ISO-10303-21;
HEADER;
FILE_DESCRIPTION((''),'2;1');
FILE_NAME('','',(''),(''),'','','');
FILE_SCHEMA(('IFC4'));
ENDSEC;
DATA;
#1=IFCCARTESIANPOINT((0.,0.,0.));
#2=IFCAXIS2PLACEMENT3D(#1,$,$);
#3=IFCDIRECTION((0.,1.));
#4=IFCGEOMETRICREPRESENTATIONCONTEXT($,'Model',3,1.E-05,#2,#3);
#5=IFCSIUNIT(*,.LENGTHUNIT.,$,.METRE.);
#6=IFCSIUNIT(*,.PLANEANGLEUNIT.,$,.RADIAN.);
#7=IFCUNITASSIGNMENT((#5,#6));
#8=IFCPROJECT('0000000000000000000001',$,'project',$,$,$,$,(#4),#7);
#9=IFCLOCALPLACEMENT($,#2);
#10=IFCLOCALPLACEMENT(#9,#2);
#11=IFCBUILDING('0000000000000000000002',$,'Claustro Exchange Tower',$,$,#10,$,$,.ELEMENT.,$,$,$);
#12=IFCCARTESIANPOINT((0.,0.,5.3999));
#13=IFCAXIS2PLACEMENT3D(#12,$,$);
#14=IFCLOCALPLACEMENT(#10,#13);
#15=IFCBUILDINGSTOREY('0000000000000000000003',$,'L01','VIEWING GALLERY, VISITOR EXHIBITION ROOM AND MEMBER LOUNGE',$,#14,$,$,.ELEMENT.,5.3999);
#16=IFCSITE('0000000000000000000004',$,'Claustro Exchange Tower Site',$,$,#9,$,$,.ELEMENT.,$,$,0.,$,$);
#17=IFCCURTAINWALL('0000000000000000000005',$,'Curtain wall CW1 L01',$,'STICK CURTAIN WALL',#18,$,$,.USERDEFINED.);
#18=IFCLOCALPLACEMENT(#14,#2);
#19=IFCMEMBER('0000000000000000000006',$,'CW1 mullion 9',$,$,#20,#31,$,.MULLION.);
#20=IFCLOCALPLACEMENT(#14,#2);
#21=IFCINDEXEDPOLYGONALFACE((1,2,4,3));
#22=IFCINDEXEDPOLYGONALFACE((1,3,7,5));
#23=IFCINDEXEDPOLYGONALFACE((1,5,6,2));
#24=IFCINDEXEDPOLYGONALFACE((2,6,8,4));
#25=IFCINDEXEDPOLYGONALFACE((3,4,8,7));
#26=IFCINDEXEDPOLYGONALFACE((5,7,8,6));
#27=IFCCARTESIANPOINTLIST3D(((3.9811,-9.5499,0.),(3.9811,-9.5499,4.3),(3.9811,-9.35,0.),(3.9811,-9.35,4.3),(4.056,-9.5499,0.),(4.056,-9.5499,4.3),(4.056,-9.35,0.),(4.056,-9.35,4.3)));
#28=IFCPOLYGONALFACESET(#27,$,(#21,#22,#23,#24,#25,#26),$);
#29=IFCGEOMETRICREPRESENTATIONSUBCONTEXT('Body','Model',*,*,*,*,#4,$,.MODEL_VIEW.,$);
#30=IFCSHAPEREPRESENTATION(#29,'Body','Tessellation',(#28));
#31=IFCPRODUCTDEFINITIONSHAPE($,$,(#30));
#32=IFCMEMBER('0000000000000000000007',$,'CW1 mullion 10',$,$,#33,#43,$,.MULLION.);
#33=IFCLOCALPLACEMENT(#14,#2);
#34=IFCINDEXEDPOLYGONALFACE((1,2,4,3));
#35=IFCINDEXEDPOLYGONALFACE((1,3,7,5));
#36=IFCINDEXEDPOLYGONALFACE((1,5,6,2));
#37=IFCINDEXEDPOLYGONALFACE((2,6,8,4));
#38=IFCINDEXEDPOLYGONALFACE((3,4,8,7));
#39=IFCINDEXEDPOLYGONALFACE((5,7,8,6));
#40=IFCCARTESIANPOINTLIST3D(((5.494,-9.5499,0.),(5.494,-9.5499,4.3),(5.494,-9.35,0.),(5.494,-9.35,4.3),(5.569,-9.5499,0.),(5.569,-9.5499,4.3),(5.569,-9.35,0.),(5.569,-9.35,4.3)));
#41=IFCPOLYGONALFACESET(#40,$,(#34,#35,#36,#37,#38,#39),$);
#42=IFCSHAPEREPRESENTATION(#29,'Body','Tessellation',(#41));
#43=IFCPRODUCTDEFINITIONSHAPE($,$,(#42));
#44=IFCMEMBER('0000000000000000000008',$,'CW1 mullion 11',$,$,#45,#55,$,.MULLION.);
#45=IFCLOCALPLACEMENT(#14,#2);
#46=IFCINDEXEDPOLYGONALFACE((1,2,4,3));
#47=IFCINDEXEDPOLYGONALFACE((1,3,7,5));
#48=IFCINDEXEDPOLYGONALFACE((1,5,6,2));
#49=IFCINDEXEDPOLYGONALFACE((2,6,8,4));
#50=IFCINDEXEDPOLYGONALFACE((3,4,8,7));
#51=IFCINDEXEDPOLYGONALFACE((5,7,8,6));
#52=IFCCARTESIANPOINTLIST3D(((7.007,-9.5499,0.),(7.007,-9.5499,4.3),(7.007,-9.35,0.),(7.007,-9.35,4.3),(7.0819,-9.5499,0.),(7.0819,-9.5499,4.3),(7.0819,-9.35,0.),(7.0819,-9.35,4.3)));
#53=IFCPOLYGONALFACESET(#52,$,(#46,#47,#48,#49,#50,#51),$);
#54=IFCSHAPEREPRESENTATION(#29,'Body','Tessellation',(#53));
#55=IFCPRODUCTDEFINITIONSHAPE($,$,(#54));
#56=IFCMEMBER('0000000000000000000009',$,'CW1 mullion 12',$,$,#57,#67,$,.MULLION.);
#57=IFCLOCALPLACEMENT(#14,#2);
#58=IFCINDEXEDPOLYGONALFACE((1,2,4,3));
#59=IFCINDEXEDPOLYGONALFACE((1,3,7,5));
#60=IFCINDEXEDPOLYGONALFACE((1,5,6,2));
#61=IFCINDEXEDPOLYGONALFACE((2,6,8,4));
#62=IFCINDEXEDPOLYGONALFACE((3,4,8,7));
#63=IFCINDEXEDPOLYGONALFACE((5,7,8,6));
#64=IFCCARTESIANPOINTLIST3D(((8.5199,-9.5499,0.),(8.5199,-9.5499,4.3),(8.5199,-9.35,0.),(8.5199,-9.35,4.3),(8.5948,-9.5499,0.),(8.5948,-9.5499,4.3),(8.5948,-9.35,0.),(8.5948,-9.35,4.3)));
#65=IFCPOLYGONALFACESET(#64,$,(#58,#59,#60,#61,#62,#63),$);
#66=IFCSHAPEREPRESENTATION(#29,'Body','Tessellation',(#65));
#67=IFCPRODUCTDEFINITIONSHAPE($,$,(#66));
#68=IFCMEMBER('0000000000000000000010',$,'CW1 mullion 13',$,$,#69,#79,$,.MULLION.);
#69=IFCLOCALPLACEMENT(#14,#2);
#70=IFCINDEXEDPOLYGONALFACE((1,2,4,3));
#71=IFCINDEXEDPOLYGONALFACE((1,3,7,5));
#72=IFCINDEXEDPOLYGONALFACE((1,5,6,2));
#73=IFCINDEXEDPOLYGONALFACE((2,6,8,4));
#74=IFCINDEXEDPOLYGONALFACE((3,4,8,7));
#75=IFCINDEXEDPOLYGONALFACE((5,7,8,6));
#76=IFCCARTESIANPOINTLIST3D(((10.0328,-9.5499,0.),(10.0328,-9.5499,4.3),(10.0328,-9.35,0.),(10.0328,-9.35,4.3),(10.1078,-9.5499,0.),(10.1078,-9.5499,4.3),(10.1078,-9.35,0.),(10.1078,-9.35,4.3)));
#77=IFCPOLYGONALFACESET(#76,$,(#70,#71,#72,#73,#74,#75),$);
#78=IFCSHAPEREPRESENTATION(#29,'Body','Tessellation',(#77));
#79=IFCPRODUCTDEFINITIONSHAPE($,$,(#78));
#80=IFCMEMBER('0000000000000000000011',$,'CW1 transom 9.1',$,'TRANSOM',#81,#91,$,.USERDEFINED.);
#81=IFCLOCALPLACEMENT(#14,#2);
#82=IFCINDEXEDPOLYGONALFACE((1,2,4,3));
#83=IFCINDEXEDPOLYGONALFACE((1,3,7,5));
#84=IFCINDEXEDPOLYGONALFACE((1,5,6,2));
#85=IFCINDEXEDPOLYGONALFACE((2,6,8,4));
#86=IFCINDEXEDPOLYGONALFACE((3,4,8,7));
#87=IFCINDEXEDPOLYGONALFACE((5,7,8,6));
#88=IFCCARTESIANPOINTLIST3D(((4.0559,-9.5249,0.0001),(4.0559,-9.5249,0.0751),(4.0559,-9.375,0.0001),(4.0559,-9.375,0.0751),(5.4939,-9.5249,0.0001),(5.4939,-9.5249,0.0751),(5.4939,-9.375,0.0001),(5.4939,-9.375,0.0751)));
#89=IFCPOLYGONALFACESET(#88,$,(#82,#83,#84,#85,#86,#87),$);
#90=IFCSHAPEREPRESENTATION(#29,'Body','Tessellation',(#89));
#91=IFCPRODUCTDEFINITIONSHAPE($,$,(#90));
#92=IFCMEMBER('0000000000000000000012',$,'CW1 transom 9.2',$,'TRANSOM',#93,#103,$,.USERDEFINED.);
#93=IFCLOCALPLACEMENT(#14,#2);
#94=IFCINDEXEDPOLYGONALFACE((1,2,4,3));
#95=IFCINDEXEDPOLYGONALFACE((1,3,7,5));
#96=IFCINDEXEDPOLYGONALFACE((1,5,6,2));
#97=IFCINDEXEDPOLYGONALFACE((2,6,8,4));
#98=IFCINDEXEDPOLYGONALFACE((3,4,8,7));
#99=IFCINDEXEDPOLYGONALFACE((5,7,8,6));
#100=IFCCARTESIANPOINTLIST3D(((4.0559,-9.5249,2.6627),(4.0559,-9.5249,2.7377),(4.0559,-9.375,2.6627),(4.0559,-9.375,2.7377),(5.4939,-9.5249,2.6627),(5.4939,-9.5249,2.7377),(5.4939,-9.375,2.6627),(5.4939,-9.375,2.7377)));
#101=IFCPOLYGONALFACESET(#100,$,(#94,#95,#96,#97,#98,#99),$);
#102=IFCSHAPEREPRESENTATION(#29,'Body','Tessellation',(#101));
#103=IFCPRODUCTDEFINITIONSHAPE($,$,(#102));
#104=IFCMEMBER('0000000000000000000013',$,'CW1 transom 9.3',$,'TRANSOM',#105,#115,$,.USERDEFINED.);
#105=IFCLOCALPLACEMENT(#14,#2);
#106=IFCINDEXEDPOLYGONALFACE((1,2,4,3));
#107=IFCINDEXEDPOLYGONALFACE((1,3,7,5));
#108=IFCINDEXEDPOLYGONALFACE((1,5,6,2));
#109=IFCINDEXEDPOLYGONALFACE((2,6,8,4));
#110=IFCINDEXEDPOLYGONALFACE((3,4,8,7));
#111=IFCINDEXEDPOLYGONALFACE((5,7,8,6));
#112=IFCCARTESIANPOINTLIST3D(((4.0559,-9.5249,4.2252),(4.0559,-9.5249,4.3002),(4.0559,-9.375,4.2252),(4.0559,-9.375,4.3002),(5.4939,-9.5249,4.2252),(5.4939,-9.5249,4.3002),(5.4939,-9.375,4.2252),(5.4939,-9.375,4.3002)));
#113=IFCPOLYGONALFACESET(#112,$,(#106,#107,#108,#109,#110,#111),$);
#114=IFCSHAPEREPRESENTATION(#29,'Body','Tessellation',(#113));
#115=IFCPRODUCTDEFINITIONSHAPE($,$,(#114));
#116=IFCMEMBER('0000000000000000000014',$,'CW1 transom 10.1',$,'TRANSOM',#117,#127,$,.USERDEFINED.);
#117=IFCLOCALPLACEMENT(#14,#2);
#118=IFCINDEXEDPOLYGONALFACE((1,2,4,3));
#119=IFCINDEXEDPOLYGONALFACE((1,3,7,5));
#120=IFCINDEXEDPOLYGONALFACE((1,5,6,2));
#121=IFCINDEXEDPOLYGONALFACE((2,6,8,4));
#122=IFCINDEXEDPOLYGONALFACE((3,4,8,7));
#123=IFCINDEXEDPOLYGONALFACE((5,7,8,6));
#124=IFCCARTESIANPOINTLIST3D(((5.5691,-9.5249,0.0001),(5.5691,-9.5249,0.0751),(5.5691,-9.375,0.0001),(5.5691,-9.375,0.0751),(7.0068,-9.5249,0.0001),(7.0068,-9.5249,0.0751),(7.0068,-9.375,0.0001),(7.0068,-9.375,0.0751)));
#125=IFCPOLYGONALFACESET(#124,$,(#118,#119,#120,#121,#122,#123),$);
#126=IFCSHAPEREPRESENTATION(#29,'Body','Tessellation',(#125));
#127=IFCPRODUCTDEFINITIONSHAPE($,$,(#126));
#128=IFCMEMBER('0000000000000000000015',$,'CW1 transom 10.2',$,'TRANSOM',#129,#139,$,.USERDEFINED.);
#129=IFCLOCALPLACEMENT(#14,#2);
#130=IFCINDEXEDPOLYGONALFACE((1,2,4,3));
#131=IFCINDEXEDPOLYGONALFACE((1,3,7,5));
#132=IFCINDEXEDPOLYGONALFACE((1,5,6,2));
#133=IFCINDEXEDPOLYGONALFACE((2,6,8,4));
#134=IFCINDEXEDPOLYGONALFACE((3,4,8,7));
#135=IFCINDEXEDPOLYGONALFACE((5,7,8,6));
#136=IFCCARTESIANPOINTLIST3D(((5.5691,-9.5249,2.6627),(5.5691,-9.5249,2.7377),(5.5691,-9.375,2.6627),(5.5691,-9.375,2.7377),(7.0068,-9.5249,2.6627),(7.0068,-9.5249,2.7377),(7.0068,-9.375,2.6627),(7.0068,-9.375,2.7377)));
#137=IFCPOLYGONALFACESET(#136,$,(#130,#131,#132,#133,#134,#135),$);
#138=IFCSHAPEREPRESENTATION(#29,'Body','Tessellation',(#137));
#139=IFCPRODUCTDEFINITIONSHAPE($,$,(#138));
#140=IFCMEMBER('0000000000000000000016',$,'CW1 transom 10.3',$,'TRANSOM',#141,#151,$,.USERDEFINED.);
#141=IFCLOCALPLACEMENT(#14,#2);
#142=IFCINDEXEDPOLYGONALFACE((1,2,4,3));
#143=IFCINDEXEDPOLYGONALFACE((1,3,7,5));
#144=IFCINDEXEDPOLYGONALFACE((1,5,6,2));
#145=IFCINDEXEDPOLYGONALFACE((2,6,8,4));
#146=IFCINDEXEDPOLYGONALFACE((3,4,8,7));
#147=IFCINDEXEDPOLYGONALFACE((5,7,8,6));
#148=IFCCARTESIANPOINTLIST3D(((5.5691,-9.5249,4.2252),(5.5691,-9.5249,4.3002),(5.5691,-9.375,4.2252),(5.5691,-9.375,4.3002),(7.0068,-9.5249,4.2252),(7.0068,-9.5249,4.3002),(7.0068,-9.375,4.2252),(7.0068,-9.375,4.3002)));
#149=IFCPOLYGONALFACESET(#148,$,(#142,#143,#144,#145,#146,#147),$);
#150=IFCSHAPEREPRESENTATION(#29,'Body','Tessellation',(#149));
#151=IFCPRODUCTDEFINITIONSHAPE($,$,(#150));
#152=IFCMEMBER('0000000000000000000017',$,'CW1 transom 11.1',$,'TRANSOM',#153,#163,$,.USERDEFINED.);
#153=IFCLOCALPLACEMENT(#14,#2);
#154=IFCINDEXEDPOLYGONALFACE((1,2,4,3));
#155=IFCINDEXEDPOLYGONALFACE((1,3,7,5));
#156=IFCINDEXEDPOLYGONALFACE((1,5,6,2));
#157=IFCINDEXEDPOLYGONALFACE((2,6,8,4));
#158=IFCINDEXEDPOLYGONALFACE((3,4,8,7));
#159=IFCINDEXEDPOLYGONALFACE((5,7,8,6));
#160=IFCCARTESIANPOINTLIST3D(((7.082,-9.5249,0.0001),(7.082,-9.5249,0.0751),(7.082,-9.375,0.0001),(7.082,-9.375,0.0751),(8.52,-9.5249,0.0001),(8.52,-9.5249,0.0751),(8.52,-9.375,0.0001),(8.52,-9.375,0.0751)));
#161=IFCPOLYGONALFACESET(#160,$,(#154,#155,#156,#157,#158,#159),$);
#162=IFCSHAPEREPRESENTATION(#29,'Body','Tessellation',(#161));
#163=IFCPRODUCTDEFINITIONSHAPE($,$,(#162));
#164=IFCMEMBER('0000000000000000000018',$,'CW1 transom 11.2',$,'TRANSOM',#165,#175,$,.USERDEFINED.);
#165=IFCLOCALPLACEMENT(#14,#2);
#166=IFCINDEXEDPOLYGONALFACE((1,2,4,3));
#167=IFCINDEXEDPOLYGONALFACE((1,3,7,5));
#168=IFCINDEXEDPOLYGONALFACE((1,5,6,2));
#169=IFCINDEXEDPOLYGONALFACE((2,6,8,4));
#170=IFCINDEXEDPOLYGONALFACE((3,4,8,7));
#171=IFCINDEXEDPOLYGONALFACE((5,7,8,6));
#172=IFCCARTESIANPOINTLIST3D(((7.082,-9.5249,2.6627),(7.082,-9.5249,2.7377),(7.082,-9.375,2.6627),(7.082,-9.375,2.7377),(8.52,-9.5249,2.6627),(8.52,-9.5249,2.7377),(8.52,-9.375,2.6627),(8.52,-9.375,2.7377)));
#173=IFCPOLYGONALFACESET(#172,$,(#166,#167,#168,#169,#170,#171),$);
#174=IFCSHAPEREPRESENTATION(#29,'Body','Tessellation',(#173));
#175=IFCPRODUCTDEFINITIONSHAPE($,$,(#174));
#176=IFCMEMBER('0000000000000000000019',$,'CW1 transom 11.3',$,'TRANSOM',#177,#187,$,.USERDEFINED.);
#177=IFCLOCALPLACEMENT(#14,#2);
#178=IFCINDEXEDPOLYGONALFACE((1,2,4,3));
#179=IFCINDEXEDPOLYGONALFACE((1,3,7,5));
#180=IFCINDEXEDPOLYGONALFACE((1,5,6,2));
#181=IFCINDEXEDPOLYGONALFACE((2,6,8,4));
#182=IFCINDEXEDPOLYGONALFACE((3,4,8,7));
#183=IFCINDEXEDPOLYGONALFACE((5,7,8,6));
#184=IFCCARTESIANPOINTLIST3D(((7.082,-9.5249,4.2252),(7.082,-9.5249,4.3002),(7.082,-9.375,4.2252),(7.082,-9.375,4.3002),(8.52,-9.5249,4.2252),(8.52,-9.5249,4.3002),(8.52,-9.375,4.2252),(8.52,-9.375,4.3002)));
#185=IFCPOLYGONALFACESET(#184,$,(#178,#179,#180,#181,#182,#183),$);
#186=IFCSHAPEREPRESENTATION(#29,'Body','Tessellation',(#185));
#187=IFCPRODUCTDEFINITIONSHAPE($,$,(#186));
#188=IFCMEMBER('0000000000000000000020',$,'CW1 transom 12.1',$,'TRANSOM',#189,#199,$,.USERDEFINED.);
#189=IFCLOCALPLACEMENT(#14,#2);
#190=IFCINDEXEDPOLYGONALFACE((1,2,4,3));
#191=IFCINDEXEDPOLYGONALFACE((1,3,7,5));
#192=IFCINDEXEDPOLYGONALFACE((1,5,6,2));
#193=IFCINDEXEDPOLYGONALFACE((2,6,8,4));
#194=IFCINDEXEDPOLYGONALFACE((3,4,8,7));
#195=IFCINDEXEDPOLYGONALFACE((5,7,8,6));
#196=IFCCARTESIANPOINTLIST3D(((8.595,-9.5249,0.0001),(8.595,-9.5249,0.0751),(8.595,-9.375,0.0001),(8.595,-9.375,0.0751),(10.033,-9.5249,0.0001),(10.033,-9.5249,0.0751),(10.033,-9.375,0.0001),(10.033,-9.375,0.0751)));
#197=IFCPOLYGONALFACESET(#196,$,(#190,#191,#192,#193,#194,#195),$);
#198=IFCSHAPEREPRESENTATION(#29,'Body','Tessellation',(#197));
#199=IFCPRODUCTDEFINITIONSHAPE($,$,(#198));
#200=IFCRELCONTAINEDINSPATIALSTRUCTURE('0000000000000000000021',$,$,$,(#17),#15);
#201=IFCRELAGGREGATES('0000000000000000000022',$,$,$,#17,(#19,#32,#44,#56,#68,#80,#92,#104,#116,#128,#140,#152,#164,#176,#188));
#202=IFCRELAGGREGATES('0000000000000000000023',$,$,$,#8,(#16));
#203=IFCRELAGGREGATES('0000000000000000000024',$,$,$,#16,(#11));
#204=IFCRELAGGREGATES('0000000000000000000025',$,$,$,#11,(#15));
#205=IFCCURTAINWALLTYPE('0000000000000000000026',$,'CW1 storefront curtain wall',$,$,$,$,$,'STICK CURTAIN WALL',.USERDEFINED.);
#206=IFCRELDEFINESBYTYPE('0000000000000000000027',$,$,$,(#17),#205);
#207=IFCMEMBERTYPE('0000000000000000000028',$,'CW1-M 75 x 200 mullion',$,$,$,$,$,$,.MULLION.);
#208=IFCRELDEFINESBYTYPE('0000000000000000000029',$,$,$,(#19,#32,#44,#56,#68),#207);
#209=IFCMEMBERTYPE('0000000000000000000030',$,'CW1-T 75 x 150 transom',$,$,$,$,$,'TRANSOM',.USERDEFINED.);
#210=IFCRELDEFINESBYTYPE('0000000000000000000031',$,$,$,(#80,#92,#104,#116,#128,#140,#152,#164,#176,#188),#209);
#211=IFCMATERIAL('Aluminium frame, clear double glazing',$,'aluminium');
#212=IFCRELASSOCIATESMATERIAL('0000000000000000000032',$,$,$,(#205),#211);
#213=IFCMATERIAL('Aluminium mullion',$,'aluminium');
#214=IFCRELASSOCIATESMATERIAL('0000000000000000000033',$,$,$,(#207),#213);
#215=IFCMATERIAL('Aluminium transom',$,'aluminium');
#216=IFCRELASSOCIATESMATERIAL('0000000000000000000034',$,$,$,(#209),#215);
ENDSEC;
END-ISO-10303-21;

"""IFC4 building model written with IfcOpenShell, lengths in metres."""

from ifc_helpers import new_model, si_unit, direction, frame, origin, origin_2d, place, context, subcontext, project, spatial, rectangle, extrude, material, material_profile, profile_set, type_object, element, aggregate, save


model = new_model("IFC4")

# Units and contexts
model_context = context("Model", 3, precision=1e-05, world=origin(), true_north=direction((0.0, 1.0)))
body_context = subcontext(model_context, "Body", "Model", "MODEL_VIEW")
ifc_project = project(units=[si_unit("LENGTHUNIT", "METRE"), si_unit("PLANEANGLEUNIT", "RADIAN")], contexts=[model_context])

# Site, building, storey
site_placement = place(None, origin())
site = spatial("IfcSite", under=ifc_project, at=site_placement, Name="Claustro Exchange Tower Site", CompositionType="ELEMENT", RefElevation=0.0)
building_placement = place(site_placement, origin())
building = spatial("IfcBuilding", under=site, at=building_placement, Name="Claustro Exchange Tower", CompositionType="ELEMENT")
storey_placement = place(building_placement, frame((0.0, 0.0, 5.3999)))
storey = spatial("IfcBuildingStorey", under=building, at=storey_placement, Name="L01", Description="VIEWING GALLERY, VISITOR EXHIBITION ROOM AND MEMBER LOUNGE", CompositionType="ELEMENT", Elevation=5.3999)

# Curtain wall, members
ifc_material_1 = material(Name="Aluminium frame, clear double glazing", Category="aluminium")
curtain_wall_type = type_object("IfcCurtainWallType", Name="CW1 storefront curtain wall", ElementType="STICK CURTAIN WALL", PredefinedType="USERDEFINED", material=ifc_material_1)
curtain_wall_placement = place(storey_placement, origin())
curtain_wall = element("IfcCurtainWall", 1, at=curtain_wall_placement, inside=storey, type_object=curtain_wall_type, Name="Curtain wall CW1 L01", ObjectType="STICK CURTAIN WALL", PredefinedType="USERDEFINED")
ifc_material_2 = material(Name="Aluminium mullion", Category="aluminium")
ifc_material_profile_1 = material_profile(ifc_material_2, rectangle(XDim=0.2, YDim=0.075, at=origin_2d()), Name="CW1-M 75x200")
ifc_profile_set_1 = profile_set([ifc_material_profile_1], Name="Aluminium mullion")
member_type_1 = type_object("IfcMemberType", Name="CW1-M 75 x 200 mullion", PredefinedType="MULLION", material=ifc_profile_set_1)
member_1_placement = place(storey_placement, frame((4.0186, -9.45, 0.0), z_axis=(0.0, 0.0, 1.0), x_axis=(0.0, 1.0, 0.0)))
member_1 = element("IfcMember", 2, at=member_1_placement, type_object=member_type_1, Name="CW1 mullion 9", PredefinedType="MULLION", context=body_context, shape_type="SweptSolid", body=[
    extrude(rectangle(XDim=0.2, YDim=0.075, at=origin_2d()), origin(), (0.0, 0.0, 1.0), 4.3),
])
member_2_placement = place(storey_placement, frame((5.5315, -9.45, 0.0), z_axis=(0.0, 0.0, 1.0), x_axis=(0.0, 1.0, 0.0)))
member_2 = element("IfcMember", 3, at=member_2_placement, type_object=member_type_1, Name="CW1 mullion 10", PredefinedType="MULLION", context=body_context, shape_type="SweptSolid", body=[
    extrude(rectangle(XDim=0.2, YDim=0.075, at=origin_2d()), origin(), (0.0, 0.0, 1.0), 4.3),
])
member_3_placement = place(storey_placement, frame((7.0444, -9.45, 0.0), z_axis=(0.0, 0.0, 1.0), x_axis=(0.0, 1.0, 0.0)))
member_3 = element("IfcMember", 4, at=member_3_placement, type_object=member_type_1, Name="CW1 mullion 11", PredefinedType="MULLION", context=body_context, shape_type="SweptSolid", body=[
    extrude(rectangle(XDim=0.2, YDim=0.075, at=origin_2d()), origin(), (0.0, 0.0, 1.0), 4.3),
])
member_4_placement = place(storey_placement, frame((8.5574, -9.45, 0.0), z_axis=(0.0, 0.0, 1.0), x_axis=(0.0, 1.0, 0.0)))
member_4 = element("IfcMember", 5, at=member_4_placement, type_object=member_type_1, Name="CW1 mullion 12", PredefinedType="MULLION", context=body_context, shape_type="SweptSolid", body=[
    extrude(rectangle(XDim=0.2, YDim=0.075, at=origin_2d()), origin(), (0.0, 0.0, 1.0), 4.3),
])
member_5_placement = place(storey_placement, frame((10.0703, -9.45, 0.0), z_axis=(0.0, 0.0, 1.0), x_axis=(0.0, 1.0, 0.0)))
member_5 = element("IfcMember", 6, at=member_5_placement, type_object=member_type_1, Name="CW1 mullion 13", PredefinedType="MULLION", context=body_context, shape_type="SweptSolid", body=[
    extrude(rectangle(XDim=0.2, YDim=0.075, at=origin_2d()), origin(), (0.0, 0.0, 1.0), 4.3),
])
ifc_material_3 = material(Name="Aluminium transom", Category="aluminium")
ifc_material_profile_2 = material_profile(ifc_material_3, rectangle(XDim=0.1499, YDim=0.075, at=origin_2d()), Name="CW1-T 75x150")
ifc_profile_set_2 = profile_set([ifc_material_profile_2], Name="Aluminium transom")
member_type_2 = type_object("IfcMemberType", Name="CW1-T 75 x 150 transom", ElementType="TRANSOM", PredefinedType="USERDEFINED", material=ifc_profile_set_2)
member_6_placement = place(storey_placement, frame((4.0559, -9.45, 0.0376), z_axis=(1.0, 0.0, 0.0), x_axis=(0.0, 1.0, 0.0)))
member_6 = element("IfcMember", 7, at=member_6_placement, type_object=member_type_2, Name="CW1 transom 9.1", ObjectType="TRANSOM", PredefinedType="USERDEFINED", context=body_context, shape_type="SweptSolid", body=[
    extrude(rectangle(XDim=0.1499, YDim=0.075, at=origin_2d()), origin(), (0.0, 0.0, 1.0), 1.438),
])
member_7_placement = place(storey_placement, frame((4.0559, -9.45, 2.7002), z_axis=(1.0, 0.0, 0.0), x_axis=(0.0, 1.0, 0.0)))
member_7 = element("IfcMember", 8, at=member_7_placement, type_object=member_type_2, Name="CW1 transom 9.2", ObjectType="TRANSOM", PredefinedType="USERDEFINED", context=body_context, shape_type="SweptSolid", body=[
    extrude(rectangle(XDim=0.1499, YDim=0.075, at=origin_2d()), origin(), (0.0, 0.0, 1.0), 1.438),
])
member_8_placement = place(storey_placement, frame((4.0559, -9.45, 4.2627), z_axis=(1.0, 0.0, 0.0), x_axis=(0.0, 1.0, 0.0)))
member_8 = element("IfcMember", 9, at=member_8_placement, type_object=member_type_2, Name="CW1 transom 9.3", ObjectType="TRANSOM", PredefinedType="USERDEFINED", context=body_context, shape_type="SweptSolid", body=[
    extrude(rectangle(XDim=0.1499, YDim=0.075, at=origin_2d()), origin(), (0.0, 0.0, 1.0), 1.438),
])
member_9_placement = place(storey_placement, frame((5.5691, -9.45, 0.0376), z_axis=(1.0, 0.0, 0.0), x_axis=(0.0, 1.0, 0.0)))
member_9 = element("IfcMember", 10, at=member_9_placement, type_object=member_type_2, Name="CW1 transom 10.1", ObjectType="TRANSOM", PredefinedType="USERDEFINED", context=body_context, shape_type="SweptSolid", body=[
    extrude(rectangle(XDim=0.1499, YDim=0.075, at=origin_2d()), origin(), (0.0, 0.0, 1.0), 1.4377),
])
member_10_placement = place(storey_placement, frame((5.5691, -9.45, 2.7002), z_axis=(1.0, 0.0, 0.0), x_axis=(0.0, 1.0, 0.0)))
member_10 = element("IfcMember", 11, at=member_10_placement, type_object=member_type_2, Name="CW1 transom 10.2", ObjectType="TRANSOM", PredefinedType="USERDEFINED", context=body_context, shape_type="SweptSolid", body=[
    extrude(rectangle(XDim=0.1499, YDim=0.075, at=origin_2d()), origin(), (0.0, 0.0, 1.0), 1.4377),
])
member_11_placement = place(storey_placement, frame((5.5691, -9.45, 4.2627), z_axis=(1.0, 0.0, 0.0), x_axis=(0.0, 1.0, 0.0)))
member_11 = element("IfcMember", 12, at=member_11_placement, type_object=member_type_2, Name="CW1 transom 10.3", ObjectType="TRANSOM", PredefinedType="USERDEFINED", context=body_context, shape_type="SweptSolid", body=[
    extrude(rectangle(XDim=0.1499, YDim=0.075, at=origin_2d()), origin(), (0.0, 0.0, 1.0), 1.4377),
])
member_12_placement = place(storey_placement, frame((7.082, -9.45, 0.0376), z_axis=(1.0, 0.0, 0.0), x_axis=(0.0, 1.0, 0.0)))
member_12 = element("IfcMember", 13, at=member_12_placement, type_object=member_type_2, Name="CW1 transom 11.1", ObjectType="TRANSOM", PredefinedType="USERDEFINED", context=body_context, shape_type="SweptSolid", body=[
    extrude(rectangle(XDim=0.1499, YDim=0.075, at=origin_2d()), origin(), (0.0, 0.0, 1.0), 1.438),
])
member_13_placement = place(storey_placement, frame((7.082, -9.45, 2.7002), z_axis=(1.0, 0.0, 0.0), x_axis=(0.0, 1.0, 0.0)))
member_13 = element("IfcMember", 14, at=member_13_placement, type_object=member_type_2, Name="CW1 transom 11.2", ObjectType="TRANSOM", PredefinedType="USERDEFINED", context=body_context, shape_type="SweptSolid", body=[
    extrude(rectangle(XDim=0.1499, YDim=0.075, at=origin_2d()), origin(), (0.0, 0.0, 1.0), 1.438),
])
member_14_placement = place(storey_placement, frame((7.082, -9.45, 4.2627), z_axis=(1.0, 0.0, 0.0), x_axis=(0.0, 1.0, 0.0)))
member_14 = element("IfcMember", 15, at=member_14_placement, type_object=member_type_2, Name="CW1 transom 11.3", ObjectType="TRANSOM", PredefinedType="USERDEFINED", context=body_context, shape_type="SweptSolid", body=[
    extrude(rectangle(XDim=0.1499, YDim=0.075, at=origin_2d()), origin(), (0.0, 0.0, 1.0), 1.438),
])
member_15_placement = place(storey_placement, frame((8.595, -9.45, 0.0376), z_axis=(1.0, 0.0, 0.0), x_axis=(0.0, 1.0, 0.0)))
member_15 = element("IfcMember", 16, at=member_15_placement, type_object=member_type_2, Name="CW1 transom 12.1", ObjectType="TRANSOM", PredefinedType="USERDEFINED", context=body_context, shape_type="SweptSolid", body=[
    extrude(rectangle(XDim=0.1499, YDim=0.075, at=origin_2d()), origin(), (0.0, 0.0, 1.0), 1.438),
])
aggregate(curtain_wall, [member_1, member_2, member_3, member_4, member_5, member_6, member_7, member_8, member_9, member_10, member_11, member_12, member_13, member_14, member_15])

save(model, "model.ifc")
